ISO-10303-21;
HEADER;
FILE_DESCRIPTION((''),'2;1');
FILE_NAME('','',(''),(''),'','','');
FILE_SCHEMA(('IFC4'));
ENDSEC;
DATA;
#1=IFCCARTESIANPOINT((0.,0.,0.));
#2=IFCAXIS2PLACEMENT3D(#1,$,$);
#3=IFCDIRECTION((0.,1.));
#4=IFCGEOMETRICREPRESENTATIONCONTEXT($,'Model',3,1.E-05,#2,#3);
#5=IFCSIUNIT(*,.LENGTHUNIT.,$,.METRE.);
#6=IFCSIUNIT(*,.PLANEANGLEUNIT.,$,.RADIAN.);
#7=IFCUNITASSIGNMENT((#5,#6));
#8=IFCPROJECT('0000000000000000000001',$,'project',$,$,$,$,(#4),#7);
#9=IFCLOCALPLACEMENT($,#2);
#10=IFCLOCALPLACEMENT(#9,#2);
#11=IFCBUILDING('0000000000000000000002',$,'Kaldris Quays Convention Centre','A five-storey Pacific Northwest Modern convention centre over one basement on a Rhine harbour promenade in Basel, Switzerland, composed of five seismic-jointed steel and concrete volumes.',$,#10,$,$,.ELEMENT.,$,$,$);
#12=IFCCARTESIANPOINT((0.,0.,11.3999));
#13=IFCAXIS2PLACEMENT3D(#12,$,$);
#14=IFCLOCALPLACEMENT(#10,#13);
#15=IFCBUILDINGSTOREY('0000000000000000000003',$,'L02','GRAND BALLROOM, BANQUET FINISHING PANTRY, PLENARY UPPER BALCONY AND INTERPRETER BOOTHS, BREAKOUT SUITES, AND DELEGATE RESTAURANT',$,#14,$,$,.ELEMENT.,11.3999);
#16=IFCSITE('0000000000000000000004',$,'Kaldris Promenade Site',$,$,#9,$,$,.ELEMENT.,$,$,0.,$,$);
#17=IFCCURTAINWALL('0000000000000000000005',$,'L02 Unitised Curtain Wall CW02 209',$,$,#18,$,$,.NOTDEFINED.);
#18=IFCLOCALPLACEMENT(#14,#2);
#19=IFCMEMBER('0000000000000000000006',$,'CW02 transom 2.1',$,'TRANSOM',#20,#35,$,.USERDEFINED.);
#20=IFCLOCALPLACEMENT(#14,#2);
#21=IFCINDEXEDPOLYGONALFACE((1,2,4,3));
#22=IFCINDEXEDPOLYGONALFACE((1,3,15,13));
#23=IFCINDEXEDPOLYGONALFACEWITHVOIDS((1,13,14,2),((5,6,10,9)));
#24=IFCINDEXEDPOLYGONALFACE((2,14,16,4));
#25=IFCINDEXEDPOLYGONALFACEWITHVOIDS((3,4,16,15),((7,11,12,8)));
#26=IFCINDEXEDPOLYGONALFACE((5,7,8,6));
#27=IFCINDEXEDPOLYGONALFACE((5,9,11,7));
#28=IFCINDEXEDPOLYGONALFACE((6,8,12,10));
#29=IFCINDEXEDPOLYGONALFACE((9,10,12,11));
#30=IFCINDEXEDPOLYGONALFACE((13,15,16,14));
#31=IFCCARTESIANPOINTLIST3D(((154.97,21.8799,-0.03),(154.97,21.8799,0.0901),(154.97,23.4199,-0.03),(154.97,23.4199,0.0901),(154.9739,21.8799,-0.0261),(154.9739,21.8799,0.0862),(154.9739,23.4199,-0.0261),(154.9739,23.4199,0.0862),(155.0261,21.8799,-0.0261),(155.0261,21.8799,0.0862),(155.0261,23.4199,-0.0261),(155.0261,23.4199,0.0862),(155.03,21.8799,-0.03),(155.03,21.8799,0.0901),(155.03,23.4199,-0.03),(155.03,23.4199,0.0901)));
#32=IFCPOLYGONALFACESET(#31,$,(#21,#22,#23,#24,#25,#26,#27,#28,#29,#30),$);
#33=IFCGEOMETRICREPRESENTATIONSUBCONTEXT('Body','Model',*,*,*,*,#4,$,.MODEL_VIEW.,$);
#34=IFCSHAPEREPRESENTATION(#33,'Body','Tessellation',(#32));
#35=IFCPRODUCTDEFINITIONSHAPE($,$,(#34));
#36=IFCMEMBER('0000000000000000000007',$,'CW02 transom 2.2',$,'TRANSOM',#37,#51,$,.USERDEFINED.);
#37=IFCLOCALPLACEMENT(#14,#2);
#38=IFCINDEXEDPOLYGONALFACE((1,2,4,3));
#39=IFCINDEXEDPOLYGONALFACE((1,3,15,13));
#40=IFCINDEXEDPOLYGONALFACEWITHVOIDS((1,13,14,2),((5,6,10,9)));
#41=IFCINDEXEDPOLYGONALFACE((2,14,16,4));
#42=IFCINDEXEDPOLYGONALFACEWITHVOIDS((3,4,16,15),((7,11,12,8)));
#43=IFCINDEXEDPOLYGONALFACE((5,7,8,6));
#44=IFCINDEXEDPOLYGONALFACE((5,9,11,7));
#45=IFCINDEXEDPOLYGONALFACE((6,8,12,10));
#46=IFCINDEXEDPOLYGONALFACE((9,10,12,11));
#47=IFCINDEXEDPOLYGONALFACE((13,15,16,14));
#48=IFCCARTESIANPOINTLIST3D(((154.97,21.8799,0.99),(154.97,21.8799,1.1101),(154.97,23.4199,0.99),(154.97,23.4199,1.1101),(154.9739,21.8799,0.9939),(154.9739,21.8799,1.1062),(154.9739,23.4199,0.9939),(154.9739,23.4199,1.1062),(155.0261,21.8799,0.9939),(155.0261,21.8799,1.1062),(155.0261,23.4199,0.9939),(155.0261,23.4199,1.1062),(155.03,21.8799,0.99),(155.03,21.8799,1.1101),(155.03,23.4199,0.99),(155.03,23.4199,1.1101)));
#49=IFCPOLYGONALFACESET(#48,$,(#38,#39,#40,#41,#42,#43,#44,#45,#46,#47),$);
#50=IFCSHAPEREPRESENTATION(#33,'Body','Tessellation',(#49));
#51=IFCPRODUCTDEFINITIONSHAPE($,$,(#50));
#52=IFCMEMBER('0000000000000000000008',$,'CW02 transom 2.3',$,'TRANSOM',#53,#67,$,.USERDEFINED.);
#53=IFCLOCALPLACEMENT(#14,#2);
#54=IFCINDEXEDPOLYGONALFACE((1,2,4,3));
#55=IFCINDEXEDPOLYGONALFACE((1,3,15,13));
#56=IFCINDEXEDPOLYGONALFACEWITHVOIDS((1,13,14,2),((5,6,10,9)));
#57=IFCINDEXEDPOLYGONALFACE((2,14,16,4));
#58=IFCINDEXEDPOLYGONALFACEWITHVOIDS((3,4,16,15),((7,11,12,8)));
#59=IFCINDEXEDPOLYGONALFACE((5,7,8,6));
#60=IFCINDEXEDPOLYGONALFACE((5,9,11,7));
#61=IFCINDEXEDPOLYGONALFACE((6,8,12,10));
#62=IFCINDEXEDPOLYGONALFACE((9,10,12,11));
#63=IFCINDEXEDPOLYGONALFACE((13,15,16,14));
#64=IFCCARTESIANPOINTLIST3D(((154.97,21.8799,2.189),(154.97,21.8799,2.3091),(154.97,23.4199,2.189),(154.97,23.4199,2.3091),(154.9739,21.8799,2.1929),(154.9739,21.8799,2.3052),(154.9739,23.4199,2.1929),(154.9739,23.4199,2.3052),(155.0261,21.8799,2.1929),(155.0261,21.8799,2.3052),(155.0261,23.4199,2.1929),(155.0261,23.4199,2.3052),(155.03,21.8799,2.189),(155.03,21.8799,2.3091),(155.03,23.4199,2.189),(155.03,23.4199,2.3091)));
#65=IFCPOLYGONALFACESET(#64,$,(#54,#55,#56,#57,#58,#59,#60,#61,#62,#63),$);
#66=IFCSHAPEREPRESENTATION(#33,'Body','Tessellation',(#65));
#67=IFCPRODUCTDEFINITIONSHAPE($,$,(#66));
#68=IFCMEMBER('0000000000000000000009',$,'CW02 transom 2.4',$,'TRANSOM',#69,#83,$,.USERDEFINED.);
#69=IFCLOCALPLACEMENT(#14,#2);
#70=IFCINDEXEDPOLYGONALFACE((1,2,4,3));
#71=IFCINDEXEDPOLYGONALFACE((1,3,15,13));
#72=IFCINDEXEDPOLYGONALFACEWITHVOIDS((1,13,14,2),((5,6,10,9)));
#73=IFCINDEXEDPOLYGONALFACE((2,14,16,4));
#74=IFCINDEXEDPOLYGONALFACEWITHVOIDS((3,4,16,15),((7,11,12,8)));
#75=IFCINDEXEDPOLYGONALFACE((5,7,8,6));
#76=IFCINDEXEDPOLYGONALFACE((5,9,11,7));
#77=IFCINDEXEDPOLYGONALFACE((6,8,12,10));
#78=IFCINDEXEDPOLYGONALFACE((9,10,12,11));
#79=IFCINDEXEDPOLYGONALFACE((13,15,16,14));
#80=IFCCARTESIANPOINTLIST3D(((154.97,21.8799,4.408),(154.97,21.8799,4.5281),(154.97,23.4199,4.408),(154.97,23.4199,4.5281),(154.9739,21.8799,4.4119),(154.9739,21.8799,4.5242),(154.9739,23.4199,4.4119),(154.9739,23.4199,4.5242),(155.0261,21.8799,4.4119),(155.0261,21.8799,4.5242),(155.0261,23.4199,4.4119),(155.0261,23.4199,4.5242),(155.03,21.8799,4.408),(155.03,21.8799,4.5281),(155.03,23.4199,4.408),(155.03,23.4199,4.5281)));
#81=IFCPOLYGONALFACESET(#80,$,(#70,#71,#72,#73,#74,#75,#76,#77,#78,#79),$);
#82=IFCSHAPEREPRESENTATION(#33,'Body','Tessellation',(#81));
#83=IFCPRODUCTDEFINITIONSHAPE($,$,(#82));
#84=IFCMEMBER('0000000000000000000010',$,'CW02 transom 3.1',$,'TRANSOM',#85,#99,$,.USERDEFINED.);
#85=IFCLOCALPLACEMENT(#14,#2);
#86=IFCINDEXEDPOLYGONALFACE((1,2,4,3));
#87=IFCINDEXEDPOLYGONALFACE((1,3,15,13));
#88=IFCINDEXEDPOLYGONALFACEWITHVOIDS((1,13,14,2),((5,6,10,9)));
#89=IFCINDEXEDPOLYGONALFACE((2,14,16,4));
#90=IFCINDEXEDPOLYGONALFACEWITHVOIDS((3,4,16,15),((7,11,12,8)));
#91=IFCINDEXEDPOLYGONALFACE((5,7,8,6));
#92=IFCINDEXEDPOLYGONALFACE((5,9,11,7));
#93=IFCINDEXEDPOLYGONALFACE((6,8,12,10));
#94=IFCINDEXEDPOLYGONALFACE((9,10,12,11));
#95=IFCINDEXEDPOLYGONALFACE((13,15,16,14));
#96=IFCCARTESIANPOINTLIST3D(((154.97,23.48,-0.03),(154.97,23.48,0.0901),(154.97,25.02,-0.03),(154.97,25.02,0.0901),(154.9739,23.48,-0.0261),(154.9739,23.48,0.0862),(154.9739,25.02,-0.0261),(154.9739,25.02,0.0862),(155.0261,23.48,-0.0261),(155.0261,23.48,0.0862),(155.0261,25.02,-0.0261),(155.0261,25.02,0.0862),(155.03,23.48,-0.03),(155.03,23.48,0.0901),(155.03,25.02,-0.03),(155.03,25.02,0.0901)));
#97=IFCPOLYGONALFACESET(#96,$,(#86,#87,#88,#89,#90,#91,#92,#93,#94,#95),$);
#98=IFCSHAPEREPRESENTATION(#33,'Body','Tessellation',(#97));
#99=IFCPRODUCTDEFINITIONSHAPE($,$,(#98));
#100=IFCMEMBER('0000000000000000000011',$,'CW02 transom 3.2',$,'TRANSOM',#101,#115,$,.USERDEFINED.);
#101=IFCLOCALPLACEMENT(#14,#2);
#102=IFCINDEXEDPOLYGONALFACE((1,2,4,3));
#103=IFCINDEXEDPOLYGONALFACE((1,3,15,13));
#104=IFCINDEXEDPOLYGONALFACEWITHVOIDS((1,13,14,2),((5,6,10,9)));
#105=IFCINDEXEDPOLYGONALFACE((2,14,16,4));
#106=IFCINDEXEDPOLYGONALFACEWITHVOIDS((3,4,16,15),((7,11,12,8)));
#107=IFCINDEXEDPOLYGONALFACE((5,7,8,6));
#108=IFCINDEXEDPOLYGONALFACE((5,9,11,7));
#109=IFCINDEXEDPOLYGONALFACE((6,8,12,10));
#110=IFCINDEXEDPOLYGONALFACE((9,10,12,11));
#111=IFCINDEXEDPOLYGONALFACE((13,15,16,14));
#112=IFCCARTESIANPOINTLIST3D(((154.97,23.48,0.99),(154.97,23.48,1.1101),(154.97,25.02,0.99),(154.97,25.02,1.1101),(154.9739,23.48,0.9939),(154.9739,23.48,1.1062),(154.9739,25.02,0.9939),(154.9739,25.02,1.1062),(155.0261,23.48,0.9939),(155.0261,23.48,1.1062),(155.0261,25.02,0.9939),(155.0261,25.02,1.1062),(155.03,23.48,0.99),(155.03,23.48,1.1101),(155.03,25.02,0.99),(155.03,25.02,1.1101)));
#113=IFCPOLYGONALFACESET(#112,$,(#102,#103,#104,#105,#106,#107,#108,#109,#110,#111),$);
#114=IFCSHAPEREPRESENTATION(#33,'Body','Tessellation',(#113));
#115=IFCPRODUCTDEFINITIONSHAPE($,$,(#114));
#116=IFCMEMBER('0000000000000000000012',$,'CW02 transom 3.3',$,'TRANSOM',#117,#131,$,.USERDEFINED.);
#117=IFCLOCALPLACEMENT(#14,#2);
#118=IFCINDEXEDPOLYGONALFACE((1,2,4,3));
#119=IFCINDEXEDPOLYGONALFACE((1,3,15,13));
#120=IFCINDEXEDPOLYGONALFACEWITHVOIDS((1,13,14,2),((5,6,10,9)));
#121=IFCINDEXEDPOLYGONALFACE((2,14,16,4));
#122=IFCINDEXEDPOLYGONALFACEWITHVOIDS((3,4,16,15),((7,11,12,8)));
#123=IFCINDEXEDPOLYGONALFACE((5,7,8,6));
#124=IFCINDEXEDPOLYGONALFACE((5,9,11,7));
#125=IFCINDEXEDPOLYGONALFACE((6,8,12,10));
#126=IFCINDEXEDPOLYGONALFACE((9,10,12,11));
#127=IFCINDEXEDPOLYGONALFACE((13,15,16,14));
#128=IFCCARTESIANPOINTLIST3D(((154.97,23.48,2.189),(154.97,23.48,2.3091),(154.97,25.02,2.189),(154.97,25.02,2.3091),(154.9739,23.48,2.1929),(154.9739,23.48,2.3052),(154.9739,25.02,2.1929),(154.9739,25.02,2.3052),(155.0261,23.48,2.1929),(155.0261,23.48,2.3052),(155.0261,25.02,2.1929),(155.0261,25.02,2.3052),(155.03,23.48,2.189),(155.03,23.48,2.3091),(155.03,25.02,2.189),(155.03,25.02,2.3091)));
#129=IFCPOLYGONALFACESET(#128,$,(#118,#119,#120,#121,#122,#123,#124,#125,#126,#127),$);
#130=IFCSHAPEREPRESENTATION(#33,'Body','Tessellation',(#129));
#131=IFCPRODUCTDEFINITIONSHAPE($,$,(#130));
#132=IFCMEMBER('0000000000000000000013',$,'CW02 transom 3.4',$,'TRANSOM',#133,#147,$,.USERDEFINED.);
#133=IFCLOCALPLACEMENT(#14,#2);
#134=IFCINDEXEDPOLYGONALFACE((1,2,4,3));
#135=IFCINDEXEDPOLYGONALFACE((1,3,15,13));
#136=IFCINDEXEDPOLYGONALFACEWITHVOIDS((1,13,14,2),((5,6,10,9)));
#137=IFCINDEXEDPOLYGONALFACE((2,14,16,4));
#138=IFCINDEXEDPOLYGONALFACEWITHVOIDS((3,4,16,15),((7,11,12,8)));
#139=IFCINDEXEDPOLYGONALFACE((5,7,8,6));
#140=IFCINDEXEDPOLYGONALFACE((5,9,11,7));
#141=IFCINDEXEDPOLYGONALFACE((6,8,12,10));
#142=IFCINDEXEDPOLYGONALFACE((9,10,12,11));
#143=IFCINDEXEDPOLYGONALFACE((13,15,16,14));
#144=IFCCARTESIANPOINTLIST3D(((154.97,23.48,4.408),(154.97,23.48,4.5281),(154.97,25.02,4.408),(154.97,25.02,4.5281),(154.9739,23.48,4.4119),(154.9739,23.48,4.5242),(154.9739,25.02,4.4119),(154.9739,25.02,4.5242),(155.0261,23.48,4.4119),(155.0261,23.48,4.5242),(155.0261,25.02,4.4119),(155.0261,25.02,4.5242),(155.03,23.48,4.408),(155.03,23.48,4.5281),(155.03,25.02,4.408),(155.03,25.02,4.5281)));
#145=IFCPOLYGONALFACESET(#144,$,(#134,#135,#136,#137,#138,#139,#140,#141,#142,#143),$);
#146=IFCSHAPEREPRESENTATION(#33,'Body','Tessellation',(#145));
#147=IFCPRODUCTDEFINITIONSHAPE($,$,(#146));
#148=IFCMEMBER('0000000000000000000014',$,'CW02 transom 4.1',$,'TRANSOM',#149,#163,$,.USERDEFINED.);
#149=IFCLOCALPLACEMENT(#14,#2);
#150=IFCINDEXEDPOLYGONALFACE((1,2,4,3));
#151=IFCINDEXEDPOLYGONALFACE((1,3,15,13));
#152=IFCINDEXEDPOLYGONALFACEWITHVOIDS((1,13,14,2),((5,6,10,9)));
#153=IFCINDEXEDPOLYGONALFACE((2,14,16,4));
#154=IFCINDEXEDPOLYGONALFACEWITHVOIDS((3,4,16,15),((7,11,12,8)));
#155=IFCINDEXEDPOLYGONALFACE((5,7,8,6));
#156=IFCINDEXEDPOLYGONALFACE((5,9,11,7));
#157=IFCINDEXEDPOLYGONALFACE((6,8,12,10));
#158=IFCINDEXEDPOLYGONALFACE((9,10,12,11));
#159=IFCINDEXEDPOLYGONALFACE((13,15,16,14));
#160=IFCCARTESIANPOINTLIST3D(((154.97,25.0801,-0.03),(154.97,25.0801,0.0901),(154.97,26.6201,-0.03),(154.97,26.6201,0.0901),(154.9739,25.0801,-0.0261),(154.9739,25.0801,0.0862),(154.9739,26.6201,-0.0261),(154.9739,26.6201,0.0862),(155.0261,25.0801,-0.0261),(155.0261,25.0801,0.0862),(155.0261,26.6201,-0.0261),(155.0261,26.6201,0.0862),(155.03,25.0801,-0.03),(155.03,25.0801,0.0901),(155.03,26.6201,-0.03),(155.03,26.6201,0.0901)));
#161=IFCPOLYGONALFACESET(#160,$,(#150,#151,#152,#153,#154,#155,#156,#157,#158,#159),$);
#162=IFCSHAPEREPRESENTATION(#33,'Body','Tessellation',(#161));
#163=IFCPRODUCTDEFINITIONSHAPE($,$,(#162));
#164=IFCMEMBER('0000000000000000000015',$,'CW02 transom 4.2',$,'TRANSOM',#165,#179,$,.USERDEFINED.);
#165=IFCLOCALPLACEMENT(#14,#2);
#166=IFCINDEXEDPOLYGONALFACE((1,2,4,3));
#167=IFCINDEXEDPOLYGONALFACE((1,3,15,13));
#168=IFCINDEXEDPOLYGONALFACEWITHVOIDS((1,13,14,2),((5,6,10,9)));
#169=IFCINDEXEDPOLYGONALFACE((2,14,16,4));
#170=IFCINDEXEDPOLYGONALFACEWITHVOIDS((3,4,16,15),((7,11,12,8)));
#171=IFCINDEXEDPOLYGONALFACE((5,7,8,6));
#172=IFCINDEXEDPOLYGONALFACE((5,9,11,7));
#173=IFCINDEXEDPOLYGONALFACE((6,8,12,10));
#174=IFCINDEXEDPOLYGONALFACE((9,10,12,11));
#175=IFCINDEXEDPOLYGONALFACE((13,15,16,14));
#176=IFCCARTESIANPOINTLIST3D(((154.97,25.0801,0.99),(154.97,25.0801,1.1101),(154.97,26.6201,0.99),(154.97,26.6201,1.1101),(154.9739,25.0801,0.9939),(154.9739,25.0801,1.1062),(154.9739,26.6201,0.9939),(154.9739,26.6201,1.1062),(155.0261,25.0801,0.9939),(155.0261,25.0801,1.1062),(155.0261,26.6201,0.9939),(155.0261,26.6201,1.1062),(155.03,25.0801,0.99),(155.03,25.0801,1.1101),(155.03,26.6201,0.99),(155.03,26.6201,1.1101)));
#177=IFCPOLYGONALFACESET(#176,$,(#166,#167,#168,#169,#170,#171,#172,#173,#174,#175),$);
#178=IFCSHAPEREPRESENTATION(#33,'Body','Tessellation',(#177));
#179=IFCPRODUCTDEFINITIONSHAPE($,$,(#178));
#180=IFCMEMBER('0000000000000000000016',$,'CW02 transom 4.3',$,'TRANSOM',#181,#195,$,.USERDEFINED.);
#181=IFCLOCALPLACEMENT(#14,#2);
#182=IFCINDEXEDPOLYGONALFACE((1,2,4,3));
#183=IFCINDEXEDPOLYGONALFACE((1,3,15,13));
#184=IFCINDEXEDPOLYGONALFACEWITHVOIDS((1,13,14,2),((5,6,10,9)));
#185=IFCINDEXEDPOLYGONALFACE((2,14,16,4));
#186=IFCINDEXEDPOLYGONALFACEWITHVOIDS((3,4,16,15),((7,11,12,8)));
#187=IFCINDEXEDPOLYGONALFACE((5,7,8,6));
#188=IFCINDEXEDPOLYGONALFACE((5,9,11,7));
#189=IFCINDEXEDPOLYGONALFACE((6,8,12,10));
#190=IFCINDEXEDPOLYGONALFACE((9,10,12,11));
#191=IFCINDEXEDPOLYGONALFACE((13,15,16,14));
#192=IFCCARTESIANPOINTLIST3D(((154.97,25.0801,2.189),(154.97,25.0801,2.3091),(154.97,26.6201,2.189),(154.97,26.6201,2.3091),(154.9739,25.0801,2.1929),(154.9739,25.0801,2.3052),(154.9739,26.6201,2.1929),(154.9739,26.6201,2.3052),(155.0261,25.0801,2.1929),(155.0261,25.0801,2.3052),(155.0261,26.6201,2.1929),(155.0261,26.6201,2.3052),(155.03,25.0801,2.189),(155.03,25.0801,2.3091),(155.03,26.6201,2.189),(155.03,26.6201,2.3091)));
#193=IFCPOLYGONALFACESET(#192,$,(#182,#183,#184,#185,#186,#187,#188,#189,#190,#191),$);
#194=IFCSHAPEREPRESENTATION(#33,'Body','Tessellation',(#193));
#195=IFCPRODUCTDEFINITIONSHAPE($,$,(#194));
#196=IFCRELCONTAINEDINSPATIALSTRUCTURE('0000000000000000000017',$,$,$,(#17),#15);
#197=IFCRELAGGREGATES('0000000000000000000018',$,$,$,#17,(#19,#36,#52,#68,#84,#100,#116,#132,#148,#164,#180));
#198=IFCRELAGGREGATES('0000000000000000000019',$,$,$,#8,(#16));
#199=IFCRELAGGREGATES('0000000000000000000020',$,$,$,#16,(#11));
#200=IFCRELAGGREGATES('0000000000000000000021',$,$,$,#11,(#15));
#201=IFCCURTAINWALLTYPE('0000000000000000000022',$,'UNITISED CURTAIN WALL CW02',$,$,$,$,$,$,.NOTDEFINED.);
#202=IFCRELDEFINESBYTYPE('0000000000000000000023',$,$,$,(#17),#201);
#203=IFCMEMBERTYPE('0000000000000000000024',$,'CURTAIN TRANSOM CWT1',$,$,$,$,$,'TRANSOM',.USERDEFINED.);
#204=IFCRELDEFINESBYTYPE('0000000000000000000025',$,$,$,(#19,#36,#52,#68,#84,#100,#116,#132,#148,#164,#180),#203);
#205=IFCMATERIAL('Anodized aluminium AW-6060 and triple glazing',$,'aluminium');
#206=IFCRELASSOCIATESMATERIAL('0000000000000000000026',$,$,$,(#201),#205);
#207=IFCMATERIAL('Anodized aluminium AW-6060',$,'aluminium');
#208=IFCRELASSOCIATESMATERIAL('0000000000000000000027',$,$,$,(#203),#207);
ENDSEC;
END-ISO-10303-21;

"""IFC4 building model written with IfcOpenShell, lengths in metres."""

from ifc_helpers import new_model, si_unit, direction, frame, origin, origin_2d, place, context, subcontext, project, spatial, hollow_rectangle, extrude, material, material_profile, profile_set, type_object, element, aggregate, save


model = new_model("IFC4")

# Units and contexts
model_context = context("Model", 3, precision=1e-05, world=origin(), true_north=direction((0.0, 1.0)))
body_context = subcontext(model_context, "Body", "Model", "MODEL_VIEW")
ifc_project = project(units=[si_unit("LENGTHUNIT", "METRE"), si_unit("PLANEANGLEUNIT", "RADIAN")], contexts=[model_context])

# Site, building, storey
site_placement = place(None, origin())
site = spatial("IfcSite", under=ifc_project, at=site_placement, Name="Kaldris Promenade Site", CompositionType="ELEMENT", RefElevation=0.0)
building_placement = place(site_placement, origin())
building = spatial("IfcBuilding", under=site, at=building_placement, Name="Kaldris Quays Convention Centre", Description="A five-storey Pacific Northwest Modern convention centre over one basement on a Rhine harbour promenade in Basel, Switzerland, composed of five seismic-jointed steel and concrete volumes.", CompositionType="ELEMENT")
storey_placement = place(building_placement, frame((0.0, 0.0, 11.3999)))
storey = spatial("IfcBuildingStorey", under=building, at=storey_placement, Name="L02", Description="GRAND BALLROOM, BANQUET FINISHING PANTRY, PLENARY UPPER BALCONY AND INTERPRETER BOOTHS, BREAKOUT SUITES, AND DELEGATE RESTAURANT", CompositionType="ELEMENT", Elevation=11.3999)

# Curtain wall, members
ifc_material_1 = material(Name="Anodized aluminium AW-6060 and triple glazing", Category="aluminium")
curtain_wall_type = type_object("IfcCurtainWallType", Name="UNITISED CURTAIN WALL CW02", PredefinedType="NOTDEFINED", material=ifc_material_1)
curtain_wall_placement = place(storey_placement, origin())
curtain_wall = element("IfcCurtainWall", 1, at=curtain_wall_placement, inside=storey, type_object=curtain_wall_type, Name="L02 Unitised Curtain Wall CW02 209", PredefinedType="NOTDEFINED")
ifc_material_2 = material(Name="Anodized aluminium AW-6060", Category="aluminium")
ifc_material_profile_1 = material_profile(ifc_material_2, hollow_rectangle(XDim=0.0601, YDim=0.1201, WallThickness=0.0039, at=origin_2d()), Name="RHS 120x60x4")
ifc_profile_set_1 = profile_set([ifc_material_profile_1], Name="Anodized aluminium AW-6060")
member_type_1 = type_object("IfcMemberType", Name="CURTAIN TRANSOM CWT1", ElementType="TRANSOM", PredefinedType="USERDEFINED", material=ifc_profile_set_1)
member_1_placement = place(storey_placement, frame((155.0, 21.8799, 0.03), z_axis=(0.0, 1.0, 0.0), x_axis=(-1.0, 0.0, 0.0)))
member_1 = element("IfcMember", 2, at=member_1_placement, type_object=member_type_1, Name="CW02 transom 2.1", ObjectType="TRANSOM", PredefinedType="USERDEFINED", context=body_context, shape_type="SweptSolid", body=[
    extrude(hollow_rectangle(XDim=0.0601, YDim=0.1201, WallThickness=0.0039, at=origin_2d()), origin(), (0.0, 0.0, 1.0), 1.54),
])
member_2_placement = place(storey_placement, frame((155.0, 21.8799, 1.05), z_axis=(0.0, 1.0, 0.0), x_axis=(-1.0, 0.0, 0.0)))
member_2 = element("IfcMember", 3, at=member_2_placement, type_object=member_type_1, Name="CW02 transom 2.2", ObjectType="TRANSOM", PredefinedType="USERDEFINED", context=body_context, shape_type="SweptSolid", body=[
    extrude(hollow_rectangle(XDim=0.0601, YDim=0.1201, WallThickness=0.0039, at=origin_2d()), origin(), (0.0, 0.0, 1.0), 1.54),
])
member_3_placement = place(storey_placement, frame((155.0, 21.8799, 2.249), z_axis=(0.0, 1.0, 0.0), x_axis=(-1.0, 0.0, 0.0)))
member_3 = element("IfcMember", 4, at=member_3_placement, type_object=member_type_1, Name="CW02 transom 2.3", ObjectType="TRANSOM", PredefinedType="USERDEFINED", context=body_context, shape_type="SweptSolid", body=[
    extrude(hollow_rectangle(XDim=0.0601, YDim=0.1201, WallThickness=0.0039, at=origin_2d()), origin(), (0.0, 0.0, 1.0), 1.54),
])
member_4_placement = place(storey_placement, frame((155.0, 21.8799, 4.468), z_axis=(0.0, 1.0, 0.0), x_axis=(-1.0, 0.0, 0.0)))
member_4 = element("IfcMember", 5, at=member_4_placement, type_object=member_type_1, Name="CW02 transom 2.4", ObjectType="TRANSOM", PredefinedType="USERDEFINED", context=body_context, shape_type="SweptSolid", body=[
    extrude(hollow_rectangle(XDim=0.0601, YDim=0.1201, WallThickness=0.0039, at=origin_2d()), origin(), (0.0, 0.0, 1.0), 1.54),
])
member_5_placement = place(storey_placement, frame((155.0, 23.48, 0.03), z_axis=(0.0, 1.0, 0.0), x_axis=(-1.0, 0.0, 0.0)))
member_5 = element("IfcMember", 6, at=member_5_placement, type_object=member_type_1, Name="CW02 transom 3.1", ObjectType="TRANSOM", PredefinedType="USERDEFINED", context=body_context, shape_type="SweptSolid", body=[
    extrude(hollow_rectangle(XDim=0.0601, YDim=0.1201, WallThickness=0.0039, at=origin_2d()), origin(), (0.0, 0.0, 1.0), 1.54),
])
member_6_placement = place(storey_placement, frame((155.0, 23.48, 1.05), z_axis=(0.0, 1.0, 0.0), x_axis=(-1.0, 0.0, 0.0)))
member_6 = element("IfcMember", 7, at=member_6_placement, type_object=member_type_1, Name="CW02 transom 3.2", ObjectType="TRANSOM", PredefinedType="USERDEFINED", context=body_context, shape_type="SweptSolid", body=[
    extrude(hollow_rectangle(XDim=0.0601, YDim=0.1201, WallThickness=0.0039, at=origin_2d()), origin(), (0.0, 0.0, 1.0), 1.54),
])
member_7_placement = place(storey_placement, frame((155.0, 23.48, 2.249), z_axis=(0.0, 1.0, 0.0), x_axis=(-1.0, 0.0, 0.0)))
member_7 = element("IfcMember", 8, at=member_7_placement, type_object=member_type_1, Name="CW02 transom 3.3", ObjectType="TRANSOM", PredefinedType="USERDEFINED", context=body_context, shape_type="SweptSolid", body=[
    extrude(hollow_rectangle(XDim=0.0601, YDim=0.1201, WallThickness=0.0039, at=origin_2d()), origin(), (0.0, 0.0, 1.0), 1.54),
])
member_8_placement = place(storey_placement, frame((155.0, 23.48, 4.468), z_axis=(0.0, 1.0, 0.0), x_axis=(-1.0, 0.0, 0.0)))
member_8 = element("IfcMember", 9, at=member_8_placement, type_object=member_type_1, Name="CW02 transom 3.4", ObjectType="TRANSOM", PredefinedType="USERDEFINED", context=body_context, shape_type="SweptSolid", body=[
    extrude(hollow_rectangle(XDim=0.0601, YDim=0.1201, WallThickness=0.0039, at=origin_2d()), origin(), (0.0, 0.0, 1.0), 1.54),
])
member_9_placement = place(storey_placement, frame((155.0, 25.0801, 0.03), z_axis=(0.0, 1.0, 0.0), x_axis=(-1.0, 0.0, 0.0)))
member_9 = element("IfcMember", 10, at=member_9_placement, type_object=member_type_1, Name="CW02 transom 4.1", ObjectType="TRANSOM", PredefinedType="USERDEFINED", context=body_context, shape_type="SweptSolid", body=[
    extrude(hollow_rectangle(XDim=0.0601, YDim=0.1201, WallThickness=0.0039, at=origin_2d()), origin(), (0.0, 0.0, 1.0), 1.54),
])
member_10_placement = place(storey_placement, frame((155.0, 25.0801, 1.05), z_axis=(0.0, 1.0, 0.0), x_axis=(-1.0, 0.0, 0.0)))
member_10 = element("IfcMember", 11, at=member_10_placement, type_object=member_type_1, Name="CW02 transom 4.2", ObjectType="TRANSOM", PredefinedType="USERDEFINED", context=body_context, shape_type="SweptSolid", body=[
    extrude(hollow_rectangle(XDim=0.0601, YDim=0.1201, WallThickness=0.0039, at=origin_2d()), origin(), (0.0, 0.0, 1.0), 1.54),
])
member_11_placement = place(storey_placement, frame((155.0, 25.0801, 2.249), z_axis=(0.0, 1.0, 0.0), x_axis=(-1.0, 0.0, 0.0)))
member_11 = element("IfcMember", 12, at=member_11_placement, type_object=member_type_1, Name="CW02 transom 4.3", ObjectType="TRANSOM", PredefinedType="USERDEFINED", context=body_context, shape_type="SweptSolid", body=[
    extrude(hollow_rectangle(XDim=0.0601, YDim=0.1201, WallThickness=0.0039, at=origin_2d()), origin(), (0.0, 0.0, 1.0), 1.54),
])

aggregate(curtain_wall, [member_1, member_2, member_3, member_4, member_5, member_6, member_7, member_8, member_9, member_10, member_11])

save(model, "model.ifc")
